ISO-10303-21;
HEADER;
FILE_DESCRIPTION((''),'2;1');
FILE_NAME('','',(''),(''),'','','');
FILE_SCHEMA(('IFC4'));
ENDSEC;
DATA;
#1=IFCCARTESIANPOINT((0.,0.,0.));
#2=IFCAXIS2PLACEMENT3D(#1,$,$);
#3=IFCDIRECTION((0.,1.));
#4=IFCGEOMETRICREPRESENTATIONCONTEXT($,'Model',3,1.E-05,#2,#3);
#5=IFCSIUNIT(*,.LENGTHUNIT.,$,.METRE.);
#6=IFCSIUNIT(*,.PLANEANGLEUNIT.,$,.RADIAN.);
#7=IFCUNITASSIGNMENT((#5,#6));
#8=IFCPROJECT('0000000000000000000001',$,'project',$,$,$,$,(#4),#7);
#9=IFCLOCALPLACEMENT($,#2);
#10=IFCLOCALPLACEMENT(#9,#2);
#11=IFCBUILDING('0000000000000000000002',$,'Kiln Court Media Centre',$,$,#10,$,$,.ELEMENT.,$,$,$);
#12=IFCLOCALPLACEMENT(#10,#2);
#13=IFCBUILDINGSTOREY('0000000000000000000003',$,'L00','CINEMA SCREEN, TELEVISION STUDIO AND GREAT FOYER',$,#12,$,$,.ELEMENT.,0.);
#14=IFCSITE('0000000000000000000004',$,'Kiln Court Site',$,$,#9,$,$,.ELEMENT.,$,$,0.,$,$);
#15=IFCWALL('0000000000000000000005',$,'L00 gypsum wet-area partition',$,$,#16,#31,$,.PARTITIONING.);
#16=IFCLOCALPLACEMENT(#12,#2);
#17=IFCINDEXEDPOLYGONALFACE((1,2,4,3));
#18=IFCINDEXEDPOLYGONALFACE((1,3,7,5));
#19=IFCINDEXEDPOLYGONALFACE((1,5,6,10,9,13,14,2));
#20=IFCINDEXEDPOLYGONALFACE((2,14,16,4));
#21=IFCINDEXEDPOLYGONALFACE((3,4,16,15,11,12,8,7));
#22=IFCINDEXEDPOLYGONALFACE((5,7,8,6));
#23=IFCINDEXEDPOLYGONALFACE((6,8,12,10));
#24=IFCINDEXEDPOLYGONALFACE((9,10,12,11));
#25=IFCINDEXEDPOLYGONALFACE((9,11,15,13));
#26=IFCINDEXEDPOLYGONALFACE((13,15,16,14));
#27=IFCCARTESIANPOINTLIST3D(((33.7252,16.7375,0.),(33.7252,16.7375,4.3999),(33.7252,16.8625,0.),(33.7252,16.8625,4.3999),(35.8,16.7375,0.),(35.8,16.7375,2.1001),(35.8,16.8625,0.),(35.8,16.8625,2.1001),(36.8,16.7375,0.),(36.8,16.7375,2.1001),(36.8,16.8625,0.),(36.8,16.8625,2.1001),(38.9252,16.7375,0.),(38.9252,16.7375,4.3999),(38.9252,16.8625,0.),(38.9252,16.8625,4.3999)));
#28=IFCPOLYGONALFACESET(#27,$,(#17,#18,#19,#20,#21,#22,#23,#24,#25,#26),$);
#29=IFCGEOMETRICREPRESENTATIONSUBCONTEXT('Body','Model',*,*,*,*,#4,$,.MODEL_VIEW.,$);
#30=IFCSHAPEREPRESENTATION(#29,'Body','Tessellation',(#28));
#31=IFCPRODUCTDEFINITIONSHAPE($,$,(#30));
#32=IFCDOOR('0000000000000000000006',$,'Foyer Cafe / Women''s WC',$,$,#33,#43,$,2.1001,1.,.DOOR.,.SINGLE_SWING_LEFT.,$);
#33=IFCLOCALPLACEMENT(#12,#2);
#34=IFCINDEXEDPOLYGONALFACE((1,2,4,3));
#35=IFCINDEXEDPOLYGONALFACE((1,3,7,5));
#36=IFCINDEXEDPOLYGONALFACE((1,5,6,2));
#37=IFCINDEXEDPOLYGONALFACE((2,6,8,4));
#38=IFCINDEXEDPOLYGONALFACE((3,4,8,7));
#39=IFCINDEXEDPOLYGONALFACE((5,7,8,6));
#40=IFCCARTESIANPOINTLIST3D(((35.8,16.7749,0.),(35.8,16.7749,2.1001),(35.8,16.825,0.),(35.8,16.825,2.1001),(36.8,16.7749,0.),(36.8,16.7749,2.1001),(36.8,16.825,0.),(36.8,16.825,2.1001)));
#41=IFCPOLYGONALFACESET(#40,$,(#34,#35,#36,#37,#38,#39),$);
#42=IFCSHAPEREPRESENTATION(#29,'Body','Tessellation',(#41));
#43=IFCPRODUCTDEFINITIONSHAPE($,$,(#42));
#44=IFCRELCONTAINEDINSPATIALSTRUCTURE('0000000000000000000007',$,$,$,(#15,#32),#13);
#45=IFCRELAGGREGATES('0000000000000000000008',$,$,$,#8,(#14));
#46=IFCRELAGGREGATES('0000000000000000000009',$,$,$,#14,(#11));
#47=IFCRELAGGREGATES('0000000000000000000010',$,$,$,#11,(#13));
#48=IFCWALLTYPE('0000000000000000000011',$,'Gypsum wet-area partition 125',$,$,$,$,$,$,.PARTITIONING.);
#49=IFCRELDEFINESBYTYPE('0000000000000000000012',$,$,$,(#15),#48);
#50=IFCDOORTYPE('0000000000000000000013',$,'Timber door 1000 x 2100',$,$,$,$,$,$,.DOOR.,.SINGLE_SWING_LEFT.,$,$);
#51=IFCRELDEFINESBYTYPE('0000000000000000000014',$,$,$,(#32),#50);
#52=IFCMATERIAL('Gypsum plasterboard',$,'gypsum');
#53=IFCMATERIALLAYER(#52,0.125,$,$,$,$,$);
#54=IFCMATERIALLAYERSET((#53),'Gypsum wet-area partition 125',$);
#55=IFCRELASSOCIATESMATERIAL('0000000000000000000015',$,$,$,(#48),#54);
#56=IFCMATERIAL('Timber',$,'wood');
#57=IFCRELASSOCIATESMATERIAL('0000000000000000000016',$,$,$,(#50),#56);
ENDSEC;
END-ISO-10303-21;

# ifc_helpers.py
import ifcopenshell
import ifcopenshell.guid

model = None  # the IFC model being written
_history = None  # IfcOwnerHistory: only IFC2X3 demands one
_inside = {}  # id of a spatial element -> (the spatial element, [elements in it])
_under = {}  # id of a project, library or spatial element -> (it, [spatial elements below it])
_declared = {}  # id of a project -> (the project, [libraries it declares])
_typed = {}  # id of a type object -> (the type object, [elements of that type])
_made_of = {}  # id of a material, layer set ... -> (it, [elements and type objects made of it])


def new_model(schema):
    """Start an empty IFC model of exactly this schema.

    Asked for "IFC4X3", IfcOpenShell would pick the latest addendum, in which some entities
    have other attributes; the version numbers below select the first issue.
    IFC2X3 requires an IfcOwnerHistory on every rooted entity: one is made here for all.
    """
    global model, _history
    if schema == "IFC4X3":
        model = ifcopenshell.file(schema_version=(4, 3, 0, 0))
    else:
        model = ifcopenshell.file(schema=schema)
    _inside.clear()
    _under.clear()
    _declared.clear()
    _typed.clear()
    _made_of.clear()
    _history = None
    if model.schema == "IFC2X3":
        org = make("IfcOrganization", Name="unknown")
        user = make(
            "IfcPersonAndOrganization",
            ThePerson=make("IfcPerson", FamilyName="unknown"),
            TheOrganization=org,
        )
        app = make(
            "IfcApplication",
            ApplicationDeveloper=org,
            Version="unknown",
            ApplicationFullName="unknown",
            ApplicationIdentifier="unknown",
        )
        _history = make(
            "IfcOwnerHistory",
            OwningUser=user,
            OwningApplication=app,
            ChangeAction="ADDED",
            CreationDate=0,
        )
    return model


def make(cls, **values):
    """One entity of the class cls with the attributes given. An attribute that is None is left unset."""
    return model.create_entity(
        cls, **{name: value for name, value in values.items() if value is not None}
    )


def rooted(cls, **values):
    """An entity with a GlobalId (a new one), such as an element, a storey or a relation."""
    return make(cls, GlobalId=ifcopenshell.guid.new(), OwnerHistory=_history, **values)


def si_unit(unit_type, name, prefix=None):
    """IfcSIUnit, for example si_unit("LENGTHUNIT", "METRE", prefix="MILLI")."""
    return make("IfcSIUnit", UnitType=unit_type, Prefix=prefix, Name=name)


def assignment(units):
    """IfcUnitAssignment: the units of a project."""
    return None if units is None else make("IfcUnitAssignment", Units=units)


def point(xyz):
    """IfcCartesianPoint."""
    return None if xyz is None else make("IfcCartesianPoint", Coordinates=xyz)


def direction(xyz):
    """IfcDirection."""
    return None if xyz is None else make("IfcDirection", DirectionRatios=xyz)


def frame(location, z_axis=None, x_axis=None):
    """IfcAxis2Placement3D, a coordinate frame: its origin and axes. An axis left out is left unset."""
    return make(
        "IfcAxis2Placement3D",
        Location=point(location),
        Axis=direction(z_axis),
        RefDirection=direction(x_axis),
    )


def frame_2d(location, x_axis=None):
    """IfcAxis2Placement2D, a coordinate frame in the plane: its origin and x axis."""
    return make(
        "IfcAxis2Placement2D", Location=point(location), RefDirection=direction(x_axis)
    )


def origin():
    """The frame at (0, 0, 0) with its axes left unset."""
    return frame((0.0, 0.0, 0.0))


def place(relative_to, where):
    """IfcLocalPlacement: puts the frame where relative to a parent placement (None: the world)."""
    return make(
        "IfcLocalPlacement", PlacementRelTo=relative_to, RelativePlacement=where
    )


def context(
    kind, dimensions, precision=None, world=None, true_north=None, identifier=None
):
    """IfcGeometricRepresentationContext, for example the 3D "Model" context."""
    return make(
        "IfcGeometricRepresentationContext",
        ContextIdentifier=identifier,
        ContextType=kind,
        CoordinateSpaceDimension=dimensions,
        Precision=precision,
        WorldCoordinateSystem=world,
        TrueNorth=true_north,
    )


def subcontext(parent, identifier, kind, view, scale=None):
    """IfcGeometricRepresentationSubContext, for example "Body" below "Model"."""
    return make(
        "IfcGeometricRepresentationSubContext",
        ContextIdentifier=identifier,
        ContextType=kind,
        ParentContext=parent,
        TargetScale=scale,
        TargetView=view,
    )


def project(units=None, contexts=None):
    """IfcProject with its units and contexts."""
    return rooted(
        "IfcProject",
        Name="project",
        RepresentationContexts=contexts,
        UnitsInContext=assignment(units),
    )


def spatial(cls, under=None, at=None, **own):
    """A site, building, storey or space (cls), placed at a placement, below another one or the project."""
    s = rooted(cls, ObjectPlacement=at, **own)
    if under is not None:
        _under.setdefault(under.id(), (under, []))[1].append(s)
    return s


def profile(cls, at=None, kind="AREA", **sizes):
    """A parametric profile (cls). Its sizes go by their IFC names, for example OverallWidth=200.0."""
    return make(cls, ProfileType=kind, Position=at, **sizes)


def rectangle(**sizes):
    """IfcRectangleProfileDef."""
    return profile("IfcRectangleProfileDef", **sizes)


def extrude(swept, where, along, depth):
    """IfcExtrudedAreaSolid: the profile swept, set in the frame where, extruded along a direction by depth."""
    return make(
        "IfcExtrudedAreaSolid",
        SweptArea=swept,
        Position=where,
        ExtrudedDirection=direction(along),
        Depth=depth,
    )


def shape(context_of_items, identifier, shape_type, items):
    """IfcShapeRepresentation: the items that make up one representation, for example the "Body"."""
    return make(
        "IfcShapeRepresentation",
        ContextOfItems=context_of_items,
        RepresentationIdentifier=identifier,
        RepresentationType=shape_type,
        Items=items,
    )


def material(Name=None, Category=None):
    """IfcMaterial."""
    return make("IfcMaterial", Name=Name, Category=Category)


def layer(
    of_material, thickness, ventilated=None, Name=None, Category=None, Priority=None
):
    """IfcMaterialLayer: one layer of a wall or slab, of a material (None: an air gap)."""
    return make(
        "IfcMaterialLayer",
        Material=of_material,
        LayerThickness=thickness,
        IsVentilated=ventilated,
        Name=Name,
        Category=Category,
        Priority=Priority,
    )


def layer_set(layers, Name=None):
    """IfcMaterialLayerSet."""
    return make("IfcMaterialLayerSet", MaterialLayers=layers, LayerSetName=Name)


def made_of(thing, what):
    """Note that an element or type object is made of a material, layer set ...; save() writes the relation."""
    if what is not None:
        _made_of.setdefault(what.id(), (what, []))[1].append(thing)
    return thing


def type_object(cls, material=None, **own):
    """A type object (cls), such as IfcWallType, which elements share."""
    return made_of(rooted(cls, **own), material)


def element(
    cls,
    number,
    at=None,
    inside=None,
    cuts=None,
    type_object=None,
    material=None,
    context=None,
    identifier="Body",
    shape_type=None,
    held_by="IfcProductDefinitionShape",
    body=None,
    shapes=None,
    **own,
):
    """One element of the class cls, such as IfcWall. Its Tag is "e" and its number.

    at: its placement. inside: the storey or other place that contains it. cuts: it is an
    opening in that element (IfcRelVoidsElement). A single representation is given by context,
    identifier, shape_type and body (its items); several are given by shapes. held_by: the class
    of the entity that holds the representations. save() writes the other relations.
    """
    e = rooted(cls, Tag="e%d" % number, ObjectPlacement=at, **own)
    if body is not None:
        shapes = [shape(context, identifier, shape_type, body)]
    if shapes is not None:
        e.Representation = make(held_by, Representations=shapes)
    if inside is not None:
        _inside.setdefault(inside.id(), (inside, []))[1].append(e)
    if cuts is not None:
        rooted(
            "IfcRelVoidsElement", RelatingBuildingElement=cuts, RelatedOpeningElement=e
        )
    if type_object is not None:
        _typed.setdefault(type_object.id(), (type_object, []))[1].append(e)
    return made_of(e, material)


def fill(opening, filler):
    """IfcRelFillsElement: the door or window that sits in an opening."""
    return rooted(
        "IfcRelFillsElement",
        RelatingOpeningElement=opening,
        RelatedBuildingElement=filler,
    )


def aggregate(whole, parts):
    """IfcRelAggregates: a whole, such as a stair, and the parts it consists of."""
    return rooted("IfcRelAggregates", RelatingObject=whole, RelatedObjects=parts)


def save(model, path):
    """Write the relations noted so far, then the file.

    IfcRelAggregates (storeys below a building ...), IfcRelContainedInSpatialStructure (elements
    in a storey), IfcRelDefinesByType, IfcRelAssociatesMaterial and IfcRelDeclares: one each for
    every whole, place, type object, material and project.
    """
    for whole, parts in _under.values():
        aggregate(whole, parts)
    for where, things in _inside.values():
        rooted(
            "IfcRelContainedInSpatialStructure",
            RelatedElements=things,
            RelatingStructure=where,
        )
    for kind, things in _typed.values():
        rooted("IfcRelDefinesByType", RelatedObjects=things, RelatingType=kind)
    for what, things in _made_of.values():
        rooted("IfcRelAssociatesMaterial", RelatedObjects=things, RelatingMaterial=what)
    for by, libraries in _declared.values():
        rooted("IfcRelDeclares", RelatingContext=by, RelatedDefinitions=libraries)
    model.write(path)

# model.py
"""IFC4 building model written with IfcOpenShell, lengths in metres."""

from ifc_helpers import new_model, si_unit, direction, frame, frame_2d, origin, place, context, subcontext, project, spatial, rectangle, extrude, material, layer, layer_set, type_object, element, fill, save


model = new_model("IFC4")

# Units and contexts
model_context = context("Model", 3, precision=1e-05, world=origin(), true_north=direction((0.0, 1.0)))
body_context = subcontext(model_context, "Body", "Model", "MODEL_VIEW")
ifc_project = project(units=[si_unit("LENGTHUNIT", "METRE"), si_unit("PLANEANGLEUNIT", "RADIAN")], contexts=[model_context])

# Site, building, storey
site_placement = place(None, origin())
site = spatial("IfcSite", under=ifc_project, at=site_placement, Name="Kiln Court Site", CompositionType="ELEMENT", RefElevation=0.0)
building_placement = place(site_placement, origin())
building = spatial("IfcBuilding", under=site, at=building_placement, Name="Kiln Court Media Centre", CompositionType="ELEMENT")
storey_placement = place(building_placement, origin())
storey = spatial("IfcBuildingStorey", under=building, at=storey_placement, Name="L00", Description="CINEMA SCREEN, TELEVISION STUDIO AND GREAT FOYER", CompositionType="ELEMENT", Elevation=0.0)

# Wall, opening, door
ifc_material_1 = material(Name="Gypsum plasterboard", Category="gypsum")
ifc_layer_1 = layer(ifc_material_1, 0.125)
ifc_layer_set_1 = layer_set([ifc_layer_1], Name="Gypsum wet-area partition 125")
wall_type_1 = type_object("IfcWallType", Name="Gypsum wet-area partition 125", PredefinedType="PARTITIONING", material=ifc_layer_set_1)
wall_1_placement = place(storey_placement, frame((33.7251, 16.8, 0.0), z_axis=(0.0, 0.0, 1.0), x_axis=(1.0, 0.0, 0.0)))
wall_1 = element("IfcWall", 1, at=wall_1_placement, inside=storey, type_object=wall_type_1, Name="L00 gypsum wet-area partition", PredefinedType="PARTITIONING", context=body_context, shape_type="SweptSolid", body=[
    extrude(rectangle(XDim=5.2, YDim=0.125, at=frame_2d((2.6001, 0.0))), origin(), (0.0, 0.0, 1.0), 4.3999),
])
opening_1_placement = place(wall_1_placement, frame((2.075, 0.0, 0.0)))
opening_1 = element("IfcOpeningElement", 2, at=opening_1_placement, cuts=wall_1, PredefinedType="OPENING", context=body_context, shape_type="SweptSolid", body=[
    extrude(rectangle(XDim=1.0, YDim=2.1001, at=frame_2d((0.5, 1.05))), frame((0.0, 0.0725, 0.0), z_axis=(0.0, -1.0, 0.0), x_axis=(1.0, 0.0, 0.0)), (0.0, 0.0, 1.0), 0.145),
])
ifc_material_2 = material(Name="Timber", Category="wood")
door_type_1 = type_object("IfcDoorType", Name="Timber door 1000 x 2100", OperationType="SINGLE_SWING_LEFT", PredefinedType="DOOR", material=ifc_material_2)
door_1_placement = place(opening_1_placement, origin())
door_1 = element("IfcDoor", 3, at=door_1_placement, inside=storey, type_object=door_type_1, Name="Foyer Cafe / Women's WC", OperationType="SINGLE_SWING_LEFT", OverallHeight=2.1001, OverallWidth=1.0, PredefinedType="DOOR", context=body_context, shape_type="SweptSolid", body=[
    extrude(rectangle(XDim=1.0, YDim=2.1001, at=frame_2d((0.5, 1.05))), frame((0.0, 0.0249, 0.0), z_axis=(0.0, -1.0, 0.0), x_axis=(1.0, 0.0, 0.0)), (0.0, 0.0, 1.0), 0.05),
])
fill(opening_1, door_1)

save(model, "model.ifc")
